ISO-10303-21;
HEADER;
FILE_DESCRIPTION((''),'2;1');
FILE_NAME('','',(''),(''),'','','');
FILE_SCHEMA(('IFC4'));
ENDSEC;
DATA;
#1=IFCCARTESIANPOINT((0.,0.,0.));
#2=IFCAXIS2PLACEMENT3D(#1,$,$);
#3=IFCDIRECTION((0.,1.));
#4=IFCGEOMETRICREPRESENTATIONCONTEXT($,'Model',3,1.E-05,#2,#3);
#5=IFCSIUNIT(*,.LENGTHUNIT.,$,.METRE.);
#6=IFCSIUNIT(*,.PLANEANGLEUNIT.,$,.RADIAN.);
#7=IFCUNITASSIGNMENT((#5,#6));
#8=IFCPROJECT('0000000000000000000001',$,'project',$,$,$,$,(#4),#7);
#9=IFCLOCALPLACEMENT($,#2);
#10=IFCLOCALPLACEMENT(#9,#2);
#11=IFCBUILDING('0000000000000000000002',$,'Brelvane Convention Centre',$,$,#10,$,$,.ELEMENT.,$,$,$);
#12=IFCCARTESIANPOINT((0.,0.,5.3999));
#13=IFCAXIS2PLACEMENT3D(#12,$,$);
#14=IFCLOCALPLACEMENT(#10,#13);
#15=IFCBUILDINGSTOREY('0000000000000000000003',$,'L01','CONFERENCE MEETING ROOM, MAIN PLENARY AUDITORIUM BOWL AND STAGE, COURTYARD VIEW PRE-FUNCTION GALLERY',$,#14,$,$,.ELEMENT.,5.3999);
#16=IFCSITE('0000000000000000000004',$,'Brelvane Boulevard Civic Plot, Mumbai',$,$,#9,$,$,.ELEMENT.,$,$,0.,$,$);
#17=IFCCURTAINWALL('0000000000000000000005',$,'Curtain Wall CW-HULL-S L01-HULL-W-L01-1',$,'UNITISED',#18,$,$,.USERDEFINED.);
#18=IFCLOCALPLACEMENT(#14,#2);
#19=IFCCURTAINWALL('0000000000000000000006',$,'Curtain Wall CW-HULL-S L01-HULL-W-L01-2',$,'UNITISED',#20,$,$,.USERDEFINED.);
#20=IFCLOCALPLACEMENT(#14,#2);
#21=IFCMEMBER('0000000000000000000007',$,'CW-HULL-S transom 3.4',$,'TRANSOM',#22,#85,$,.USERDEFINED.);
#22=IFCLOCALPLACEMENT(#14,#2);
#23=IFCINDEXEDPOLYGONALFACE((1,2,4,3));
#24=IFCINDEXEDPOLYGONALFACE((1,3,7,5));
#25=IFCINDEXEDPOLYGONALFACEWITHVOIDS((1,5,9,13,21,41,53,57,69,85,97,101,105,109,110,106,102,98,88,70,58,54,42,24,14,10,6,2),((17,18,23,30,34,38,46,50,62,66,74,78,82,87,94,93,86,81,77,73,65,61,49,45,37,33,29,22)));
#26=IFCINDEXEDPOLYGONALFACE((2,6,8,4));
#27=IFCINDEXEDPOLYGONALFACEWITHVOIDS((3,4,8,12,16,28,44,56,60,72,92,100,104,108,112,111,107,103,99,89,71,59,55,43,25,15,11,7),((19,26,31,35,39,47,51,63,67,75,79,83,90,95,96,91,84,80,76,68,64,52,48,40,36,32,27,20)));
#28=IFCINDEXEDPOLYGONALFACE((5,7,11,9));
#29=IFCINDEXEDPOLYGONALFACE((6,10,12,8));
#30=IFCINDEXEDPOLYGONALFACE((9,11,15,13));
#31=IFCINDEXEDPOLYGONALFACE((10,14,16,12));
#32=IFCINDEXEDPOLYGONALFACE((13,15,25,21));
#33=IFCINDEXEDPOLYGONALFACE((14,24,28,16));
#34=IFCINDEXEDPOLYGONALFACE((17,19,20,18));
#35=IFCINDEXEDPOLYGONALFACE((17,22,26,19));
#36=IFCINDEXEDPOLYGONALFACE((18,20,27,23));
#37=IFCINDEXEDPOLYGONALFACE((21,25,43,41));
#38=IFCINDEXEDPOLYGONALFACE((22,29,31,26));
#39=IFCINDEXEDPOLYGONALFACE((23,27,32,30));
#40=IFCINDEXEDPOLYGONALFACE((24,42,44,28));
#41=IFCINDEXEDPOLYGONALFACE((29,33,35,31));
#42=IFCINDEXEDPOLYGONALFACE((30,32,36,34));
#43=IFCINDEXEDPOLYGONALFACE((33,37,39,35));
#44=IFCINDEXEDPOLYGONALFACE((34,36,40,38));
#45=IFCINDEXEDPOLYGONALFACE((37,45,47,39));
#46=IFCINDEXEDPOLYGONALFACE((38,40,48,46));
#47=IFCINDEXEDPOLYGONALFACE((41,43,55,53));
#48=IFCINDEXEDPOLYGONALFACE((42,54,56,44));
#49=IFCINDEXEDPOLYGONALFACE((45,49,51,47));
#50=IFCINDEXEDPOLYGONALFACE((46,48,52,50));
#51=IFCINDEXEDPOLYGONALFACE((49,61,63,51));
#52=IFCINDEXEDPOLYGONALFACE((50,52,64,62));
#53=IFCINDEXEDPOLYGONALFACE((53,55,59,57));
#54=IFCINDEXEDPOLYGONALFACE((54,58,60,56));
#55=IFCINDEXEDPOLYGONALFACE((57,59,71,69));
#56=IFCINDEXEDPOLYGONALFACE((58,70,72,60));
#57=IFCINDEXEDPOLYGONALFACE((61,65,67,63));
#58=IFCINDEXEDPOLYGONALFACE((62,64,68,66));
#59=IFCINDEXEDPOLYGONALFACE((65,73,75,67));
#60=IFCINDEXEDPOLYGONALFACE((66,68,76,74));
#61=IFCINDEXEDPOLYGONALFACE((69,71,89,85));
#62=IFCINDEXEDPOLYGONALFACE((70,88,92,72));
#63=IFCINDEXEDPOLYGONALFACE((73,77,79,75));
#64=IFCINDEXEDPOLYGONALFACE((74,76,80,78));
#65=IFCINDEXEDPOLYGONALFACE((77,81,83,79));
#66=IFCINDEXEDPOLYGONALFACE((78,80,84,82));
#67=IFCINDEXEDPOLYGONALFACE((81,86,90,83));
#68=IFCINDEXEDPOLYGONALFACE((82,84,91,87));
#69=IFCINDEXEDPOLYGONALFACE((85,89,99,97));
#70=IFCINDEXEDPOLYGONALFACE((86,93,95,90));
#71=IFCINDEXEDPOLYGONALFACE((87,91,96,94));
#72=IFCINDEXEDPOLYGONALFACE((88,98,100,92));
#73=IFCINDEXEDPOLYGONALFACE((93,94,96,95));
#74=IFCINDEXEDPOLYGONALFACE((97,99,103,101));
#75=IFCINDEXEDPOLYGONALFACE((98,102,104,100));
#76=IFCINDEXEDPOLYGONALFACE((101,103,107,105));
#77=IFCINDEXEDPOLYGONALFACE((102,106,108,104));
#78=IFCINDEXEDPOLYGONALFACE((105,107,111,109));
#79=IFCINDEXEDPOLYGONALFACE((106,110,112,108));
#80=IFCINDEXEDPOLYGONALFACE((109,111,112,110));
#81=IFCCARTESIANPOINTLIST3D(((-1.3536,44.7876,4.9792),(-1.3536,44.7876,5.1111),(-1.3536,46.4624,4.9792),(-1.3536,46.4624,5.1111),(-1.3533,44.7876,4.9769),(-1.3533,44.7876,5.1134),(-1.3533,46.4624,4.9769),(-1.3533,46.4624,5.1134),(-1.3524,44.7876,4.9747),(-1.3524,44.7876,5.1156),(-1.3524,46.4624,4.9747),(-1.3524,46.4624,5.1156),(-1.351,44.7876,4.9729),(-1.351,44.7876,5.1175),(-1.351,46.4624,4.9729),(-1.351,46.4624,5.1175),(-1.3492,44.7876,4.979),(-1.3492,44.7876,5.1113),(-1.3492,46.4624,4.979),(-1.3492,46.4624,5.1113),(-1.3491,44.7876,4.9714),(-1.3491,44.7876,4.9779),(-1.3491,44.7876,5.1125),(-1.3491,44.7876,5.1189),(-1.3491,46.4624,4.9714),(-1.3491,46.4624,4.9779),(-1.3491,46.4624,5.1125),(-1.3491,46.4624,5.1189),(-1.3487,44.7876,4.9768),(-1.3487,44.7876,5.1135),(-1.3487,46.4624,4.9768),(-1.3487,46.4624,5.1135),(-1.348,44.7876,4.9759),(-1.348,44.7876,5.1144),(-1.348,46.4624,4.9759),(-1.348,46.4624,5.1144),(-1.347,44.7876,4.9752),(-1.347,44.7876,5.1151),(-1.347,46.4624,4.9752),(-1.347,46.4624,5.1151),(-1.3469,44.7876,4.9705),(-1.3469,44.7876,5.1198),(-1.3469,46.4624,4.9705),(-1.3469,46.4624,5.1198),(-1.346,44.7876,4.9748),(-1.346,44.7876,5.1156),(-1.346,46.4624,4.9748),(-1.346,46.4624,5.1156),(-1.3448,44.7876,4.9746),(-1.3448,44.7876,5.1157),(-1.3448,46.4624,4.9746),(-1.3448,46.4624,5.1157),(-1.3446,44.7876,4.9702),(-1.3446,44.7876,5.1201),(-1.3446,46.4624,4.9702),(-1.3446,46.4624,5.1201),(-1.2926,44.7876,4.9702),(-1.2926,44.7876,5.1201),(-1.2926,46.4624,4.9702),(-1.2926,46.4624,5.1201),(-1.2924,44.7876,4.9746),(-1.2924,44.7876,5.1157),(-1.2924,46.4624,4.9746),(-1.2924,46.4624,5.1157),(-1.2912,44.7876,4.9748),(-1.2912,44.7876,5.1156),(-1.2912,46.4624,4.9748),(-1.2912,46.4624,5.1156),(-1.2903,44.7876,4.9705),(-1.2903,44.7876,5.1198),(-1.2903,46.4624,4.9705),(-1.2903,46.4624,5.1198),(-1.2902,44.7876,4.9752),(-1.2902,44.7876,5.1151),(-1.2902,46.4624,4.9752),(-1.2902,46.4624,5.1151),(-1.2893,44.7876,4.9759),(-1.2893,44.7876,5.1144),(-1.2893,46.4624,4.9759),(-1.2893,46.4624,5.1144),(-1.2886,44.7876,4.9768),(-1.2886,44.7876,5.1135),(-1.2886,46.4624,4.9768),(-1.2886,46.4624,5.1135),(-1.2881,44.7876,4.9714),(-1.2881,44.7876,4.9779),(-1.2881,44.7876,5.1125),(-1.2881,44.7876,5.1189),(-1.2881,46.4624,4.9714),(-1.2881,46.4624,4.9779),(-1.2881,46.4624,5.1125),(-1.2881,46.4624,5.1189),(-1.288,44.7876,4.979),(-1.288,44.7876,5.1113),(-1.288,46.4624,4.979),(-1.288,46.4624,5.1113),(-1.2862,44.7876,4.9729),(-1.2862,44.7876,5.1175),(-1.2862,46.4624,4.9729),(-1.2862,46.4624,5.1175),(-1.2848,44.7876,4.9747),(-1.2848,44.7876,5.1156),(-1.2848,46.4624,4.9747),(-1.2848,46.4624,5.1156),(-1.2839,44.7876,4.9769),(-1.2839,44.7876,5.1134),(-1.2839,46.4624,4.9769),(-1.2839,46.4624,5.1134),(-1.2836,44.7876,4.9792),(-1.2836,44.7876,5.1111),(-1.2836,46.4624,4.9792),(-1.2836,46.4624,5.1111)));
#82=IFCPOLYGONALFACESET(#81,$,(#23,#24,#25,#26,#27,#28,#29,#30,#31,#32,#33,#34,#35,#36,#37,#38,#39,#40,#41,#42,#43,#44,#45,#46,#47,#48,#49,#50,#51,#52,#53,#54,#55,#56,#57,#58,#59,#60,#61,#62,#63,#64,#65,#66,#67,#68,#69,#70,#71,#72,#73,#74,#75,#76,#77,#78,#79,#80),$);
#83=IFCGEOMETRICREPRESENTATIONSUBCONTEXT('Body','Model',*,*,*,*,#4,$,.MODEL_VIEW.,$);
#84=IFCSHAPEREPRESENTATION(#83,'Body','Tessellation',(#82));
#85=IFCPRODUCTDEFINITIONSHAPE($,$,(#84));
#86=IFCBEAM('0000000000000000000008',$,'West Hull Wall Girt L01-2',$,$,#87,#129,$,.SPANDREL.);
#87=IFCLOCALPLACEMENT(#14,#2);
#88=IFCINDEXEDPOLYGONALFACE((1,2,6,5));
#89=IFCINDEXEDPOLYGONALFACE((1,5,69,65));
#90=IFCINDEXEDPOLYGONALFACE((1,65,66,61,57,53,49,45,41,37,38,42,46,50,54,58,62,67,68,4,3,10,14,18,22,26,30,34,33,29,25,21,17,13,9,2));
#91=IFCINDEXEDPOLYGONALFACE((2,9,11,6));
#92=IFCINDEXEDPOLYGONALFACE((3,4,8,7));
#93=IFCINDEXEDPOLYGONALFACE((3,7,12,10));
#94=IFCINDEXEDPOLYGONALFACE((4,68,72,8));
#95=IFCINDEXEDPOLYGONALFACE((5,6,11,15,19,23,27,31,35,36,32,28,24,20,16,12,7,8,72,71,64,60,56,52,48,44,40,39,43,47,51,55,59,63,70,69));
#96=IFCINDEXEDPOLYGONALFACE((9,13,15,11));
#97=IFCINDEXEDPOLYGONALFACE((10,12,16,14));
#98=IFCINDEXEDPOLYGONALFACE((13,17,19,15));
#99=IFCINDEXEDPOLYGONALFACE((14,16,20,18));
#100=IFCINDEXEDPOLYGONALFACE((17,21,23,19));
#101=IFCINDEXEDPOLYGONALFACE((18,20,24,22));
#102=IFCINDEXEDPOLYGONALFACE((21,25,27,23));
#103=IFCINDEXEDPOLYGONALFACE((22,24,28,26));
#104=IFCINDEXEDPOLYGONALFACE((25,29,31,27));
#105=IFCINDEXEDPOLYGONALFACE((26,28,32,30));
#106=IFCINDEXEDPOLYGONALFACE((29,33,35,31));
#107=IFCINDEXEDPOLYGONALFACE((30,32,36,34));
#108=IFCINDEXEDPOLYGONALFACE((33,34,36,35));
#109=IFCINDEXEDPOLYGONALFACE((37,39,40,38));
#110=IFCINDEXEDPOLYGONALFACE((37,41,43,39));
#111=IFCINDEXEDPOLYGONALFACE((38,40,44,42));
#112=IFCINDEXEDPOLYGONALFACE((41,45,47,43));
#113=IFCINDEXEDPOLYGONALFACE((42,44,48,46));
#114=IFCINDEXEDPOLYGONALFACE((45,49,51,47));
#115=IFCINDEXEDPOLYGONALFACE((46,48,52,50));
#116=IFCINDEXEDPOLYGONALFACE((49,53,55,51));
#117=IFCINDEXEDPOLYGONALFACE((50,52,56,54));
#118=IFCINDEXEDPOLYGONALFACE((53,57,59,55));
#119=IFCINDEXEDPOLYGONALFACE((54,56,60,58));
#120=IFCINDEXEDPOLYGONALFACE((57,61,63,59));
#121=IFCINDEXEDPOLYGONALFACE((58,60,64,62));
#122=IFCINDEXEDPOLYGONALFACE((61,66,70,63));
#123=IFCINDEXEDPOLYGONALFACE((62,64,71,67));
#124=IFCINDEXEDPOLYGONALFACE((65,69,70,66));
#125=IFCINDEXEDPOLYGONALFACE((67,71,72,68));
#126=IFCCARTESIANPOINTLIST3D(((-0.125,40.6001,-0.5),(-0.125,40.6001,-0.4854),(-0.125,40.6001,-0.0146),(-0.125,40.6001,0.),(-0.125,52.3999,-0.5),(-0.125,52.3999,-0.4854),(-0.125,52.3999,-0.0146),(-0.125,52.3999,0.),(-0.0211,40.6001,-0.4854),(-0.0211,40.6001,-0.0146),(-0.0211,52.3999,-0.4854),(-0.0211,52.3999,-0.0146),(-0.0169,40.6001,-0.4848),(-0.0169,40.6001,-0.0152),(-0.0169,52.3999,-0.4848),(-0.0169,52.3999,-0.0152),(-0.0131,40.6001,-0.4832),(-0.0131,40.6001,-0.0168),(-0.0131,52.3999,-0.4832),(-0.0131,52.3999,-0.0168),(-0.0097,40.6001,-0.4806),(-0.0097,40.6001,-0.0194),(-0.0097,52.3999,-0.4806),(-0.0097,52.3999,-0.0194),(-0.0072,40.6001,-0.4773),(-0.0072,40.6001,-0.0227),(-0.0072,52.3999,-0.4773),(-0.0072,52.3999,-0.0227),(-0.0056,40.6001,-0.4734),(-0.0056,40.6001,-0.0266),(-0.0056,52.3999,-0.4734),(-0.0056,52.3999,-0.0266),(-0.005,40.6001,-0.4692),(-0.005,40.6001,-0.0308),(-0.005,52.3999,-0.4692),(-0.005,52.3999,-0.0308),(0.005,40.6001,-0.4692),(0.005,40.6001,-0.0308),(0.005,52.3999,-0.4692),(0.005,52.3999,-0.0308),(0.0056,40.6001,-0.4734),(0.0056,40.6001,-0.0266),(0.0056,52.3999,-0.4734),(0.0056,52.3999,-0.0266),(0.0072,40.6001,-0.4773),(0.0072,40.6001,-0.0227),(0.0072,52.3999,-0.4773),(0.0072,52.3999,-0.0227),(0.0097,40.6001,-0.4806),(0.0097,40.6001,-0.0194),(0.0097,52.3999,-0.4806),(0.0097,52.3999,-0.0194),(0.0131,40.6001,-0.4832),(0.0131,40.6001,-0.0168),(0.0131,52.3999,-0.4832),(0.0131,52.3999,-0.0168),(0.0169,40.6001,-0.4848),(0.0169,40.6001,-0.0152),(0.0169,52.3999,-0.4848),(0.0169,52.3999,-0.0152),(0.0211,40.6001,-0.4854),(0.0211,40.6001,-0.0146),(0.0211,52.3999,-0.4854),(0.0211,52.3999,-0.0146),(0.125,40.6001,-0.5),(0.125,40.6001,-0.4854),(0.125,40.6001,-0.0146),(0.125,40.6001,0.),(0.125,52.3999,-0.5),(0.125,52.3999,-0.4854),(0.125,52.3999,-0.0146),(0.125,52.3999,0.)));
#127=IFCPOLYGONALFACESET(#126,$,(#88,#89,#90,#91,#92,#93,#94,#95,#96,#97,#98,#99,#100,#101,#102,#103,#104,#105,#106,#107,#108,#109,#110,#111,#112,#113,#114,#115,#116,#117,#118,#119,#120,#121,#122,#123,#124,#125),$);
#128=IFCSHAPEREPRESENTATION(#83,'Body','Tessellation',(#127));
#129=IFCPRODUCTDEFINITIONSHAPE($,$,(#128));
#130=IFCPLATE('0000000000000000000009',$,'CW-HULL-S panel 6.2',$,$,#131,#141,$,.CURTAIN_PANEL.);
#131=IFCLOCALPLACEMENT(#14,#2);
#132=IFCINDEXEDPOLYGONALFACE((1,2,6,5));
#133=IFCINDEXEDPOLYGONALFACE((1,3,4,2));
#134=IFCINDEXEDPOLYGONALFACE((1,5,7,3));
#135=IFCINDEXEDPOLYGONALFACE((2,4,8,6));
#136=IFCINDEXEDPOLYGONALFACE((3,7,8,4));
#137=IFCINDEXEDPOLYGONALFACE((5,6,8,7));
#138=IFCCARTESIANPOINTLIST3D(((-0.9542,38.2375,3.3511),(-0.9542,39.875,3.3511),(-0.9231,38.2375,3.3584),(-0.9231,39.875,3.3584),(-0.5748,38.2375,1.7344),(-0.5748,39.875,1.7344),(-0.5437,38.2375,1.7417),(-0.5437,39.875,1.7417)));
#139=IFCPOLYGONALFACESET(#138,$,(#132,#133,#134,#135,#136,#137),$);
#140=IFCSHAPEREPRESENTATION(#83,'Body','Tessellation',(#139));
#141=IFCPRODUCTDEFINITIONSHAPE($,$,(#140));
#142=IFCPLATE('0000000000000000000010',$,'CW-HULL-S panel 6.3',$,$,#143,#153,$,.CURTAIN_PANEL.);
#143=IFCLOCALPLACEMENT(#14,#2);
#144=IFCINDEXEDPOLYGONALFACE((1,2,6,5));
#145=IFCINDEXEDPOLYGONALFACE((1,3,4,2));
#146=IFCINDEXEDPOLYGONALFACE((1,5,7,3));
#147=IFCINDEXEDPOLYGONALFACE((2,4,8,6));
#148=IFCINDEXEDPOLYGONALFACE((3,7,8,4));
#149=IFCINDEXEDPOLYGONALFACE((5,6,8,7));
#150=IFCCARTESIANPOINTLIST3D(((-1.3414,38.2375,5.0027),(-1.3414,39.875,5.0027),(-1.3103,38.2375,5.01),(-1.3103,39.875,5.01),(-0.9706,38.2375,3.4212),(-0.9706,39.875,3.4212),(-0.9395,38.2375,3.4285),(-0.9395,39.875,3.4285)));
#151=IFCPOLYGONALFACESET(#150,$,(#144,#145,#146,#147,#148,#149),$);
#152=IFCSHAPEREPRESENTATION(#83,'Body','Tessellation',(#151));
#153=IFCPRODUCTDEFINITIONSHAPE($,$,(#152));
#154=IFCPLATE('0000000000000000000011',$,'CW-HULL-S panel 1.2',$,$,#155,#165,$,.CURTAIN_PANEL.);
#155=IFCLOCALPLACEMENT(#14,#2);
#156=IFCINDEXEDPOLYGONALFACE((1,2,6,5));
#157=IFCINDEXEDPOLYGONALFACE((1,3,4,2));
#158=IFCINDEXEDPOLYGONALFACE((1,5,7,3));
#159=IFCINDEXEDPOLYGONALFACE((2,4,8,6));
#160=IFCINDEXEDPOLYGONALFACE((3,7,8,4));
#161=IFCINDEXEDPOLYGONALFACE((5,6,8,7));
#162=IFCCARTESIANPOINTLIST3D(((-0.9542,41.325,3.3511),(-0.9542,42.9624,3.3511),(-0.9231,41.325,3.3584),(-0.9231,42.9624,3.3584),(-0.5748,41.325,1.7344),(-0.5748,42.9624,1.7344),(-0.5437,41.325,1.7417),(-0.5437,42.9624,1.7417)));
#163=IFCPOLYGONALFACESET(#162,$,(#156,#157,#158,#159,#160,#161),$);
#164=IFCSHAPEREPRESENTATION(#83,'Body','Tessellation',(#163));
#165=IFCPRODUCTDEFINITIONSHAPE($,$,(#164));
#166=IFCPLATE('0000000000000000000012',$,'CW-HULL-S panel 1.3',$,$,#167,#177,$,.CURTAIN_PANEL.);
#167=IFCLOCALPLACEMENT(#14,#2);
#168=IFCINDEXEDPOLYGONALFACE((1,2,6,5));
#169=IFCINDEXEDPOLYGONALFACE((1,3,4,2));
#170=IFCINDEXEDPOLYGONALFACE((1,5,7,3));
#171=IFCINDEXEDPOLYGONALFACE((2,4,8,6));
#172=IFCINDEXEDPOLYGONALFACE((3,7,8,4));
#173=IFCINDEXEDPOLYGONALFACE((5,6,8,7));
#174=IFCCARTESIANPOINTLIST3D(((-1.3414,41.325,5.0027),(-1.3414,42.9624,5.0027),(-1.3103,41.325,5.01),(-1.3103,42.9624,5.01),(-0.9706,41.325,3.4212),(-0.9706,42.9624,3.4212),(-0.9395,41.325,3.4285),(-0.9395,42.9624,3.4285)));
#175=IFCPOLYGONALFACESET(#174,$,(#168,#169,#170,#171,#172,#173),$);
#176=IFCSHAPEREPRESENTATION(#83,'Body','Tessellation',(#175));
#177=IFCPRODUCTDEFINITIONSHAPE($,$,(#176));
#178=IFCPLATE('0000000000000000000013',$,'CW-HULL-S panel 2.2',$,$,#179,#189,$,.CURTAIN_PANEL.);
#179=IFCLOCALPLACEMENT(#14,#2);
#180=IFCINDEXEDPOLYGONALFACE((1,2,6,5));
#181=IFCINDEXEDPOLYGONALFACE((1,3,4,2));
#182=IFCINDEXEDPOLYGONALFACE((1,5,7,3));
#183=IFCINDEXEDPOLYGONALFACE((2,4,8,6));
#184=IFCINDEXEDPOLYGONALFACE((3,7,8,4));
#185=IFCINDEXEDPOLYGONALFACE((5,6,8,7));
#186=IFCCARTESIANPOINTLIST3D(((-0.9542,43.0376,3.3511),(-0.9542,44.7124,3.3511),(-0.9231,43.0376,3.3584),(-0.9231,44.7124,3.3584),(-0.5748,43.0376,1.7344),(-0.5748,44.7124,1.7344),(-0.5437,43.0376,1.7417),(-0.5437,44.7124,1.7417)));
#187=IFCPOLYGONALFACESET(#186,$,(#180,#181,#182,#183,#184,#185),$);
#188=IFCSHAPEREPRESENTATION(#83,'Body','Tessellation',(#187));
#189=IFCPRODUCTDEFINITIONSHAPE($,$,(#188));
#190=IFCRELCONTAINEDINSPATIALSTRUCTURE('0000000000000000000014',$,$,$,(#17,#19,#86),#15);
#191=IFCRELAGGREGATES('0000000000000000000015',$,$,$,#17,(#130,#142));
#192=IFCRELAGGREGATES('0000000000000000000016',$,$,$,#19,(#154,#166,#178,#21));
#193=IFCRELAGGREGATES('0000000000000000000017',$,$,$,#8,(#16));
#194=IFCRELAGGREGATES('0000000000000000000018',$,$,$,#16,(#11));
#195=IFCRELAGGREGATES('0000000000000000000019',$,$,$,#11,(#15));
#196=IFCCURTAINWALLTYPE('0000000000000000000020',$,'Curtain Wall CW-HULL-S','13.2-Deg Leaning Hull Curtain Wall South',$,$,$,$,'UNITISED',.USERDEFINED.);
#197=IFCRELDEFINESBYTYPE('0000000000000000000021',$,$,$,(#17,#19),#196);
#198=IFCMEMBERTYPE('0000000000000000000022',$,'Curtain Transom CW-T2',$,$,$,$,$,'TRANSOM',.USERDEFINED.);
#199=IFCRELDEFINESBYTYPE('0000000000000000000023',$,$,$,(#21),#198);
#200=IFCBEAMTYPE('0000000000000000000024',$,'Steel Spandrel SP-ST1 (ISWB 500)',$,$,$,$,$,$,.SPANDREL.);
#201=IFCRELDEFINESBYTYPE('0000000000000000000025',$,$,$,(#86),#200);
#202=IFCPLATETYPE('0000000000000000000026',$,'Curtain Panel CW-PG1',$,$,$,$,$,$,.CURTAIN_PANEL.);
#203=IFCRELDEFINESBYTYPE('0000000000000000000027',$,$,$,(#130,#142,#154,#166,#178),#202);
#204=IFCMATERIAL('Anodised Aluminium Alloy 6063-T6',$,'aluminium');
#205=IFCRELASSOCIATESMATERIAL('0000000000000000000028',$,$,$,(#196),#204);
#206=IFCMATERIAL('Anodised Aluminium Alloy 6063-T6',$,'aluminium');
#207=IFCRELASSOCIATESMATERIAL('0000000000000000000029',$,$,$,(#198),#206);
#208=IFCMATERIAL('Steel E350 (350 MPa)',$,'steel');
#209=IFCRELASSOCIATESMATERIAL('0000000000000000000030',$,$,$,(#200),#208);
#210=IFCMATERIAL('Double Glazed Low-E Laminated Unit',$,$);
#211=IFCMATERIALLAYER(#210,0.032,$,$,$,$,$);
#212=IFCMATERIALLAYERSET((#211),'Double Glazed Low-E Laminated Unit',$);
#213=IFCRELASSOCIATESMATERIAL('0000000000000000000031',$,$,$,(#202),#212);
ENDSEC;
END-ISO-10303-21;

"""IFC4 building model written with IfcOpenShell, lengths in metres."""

from ifc_helpers import new_model, si_unit, direction, frame, origin, origin_2d, place, context, subcontext, project, spatial, polyline, hollow_rectangle, i_section, outline, extrude, material, layer, layer_set, material_profile, profile_set, type_object, element, aggregate, save


model = new_model("IFC4")

# Units and contexts
model_context = context("Model", 3, precision=1e-05, world=origin(), true_north=direction((0.0, 1.0)))
body_context = subcontext(model_context, "Body", "Model", "MODEL_VIEW")
ifc_project = project(units=[si_unit("LENGTHUNIT", "METRE"), si_unit("PLANEANGLEUNIT", "RADIAN")], contexts=[model_context])

# Site, building, storey
site_placement = place(None, origin())
site = spatial("IfcSite", under=ifc_project, at=site_placement, Name="Brelvane Boulevard Civic Plot, Mumbai", CompositionType="ELEMENT", RefElevation=0.0)
building_placement = place(site_placement, origin())
building = spatial("IfcBuilding", under=site, at=building_placement, Name="Brelvane Convention Centre", CompositionType="ELEMENT")
storey_placement = place(building_placement, frame((0.0, 0.0, 5.3999)))
storey = spatial("IfcBuildingStorey", under=building, at=storey_placement, Name="L01", Description="CONFERENCE MEETING ROOM, MAIN PLENARY AUDITORIUM BOWL AND STAGE, COURTYARD VIEW PRE-FUNCTION GALLERY", CompositionType="ELEMENT", Elevation=5.3999)

# Curtain walls
ifc_material_1 = material(Name="Anodised Aluminium Alloy 6063-T6", Category="aluminium")
curtain_wall_type = type_object("IfcCurtainWallType", Name="Curtain Wall CW-HULL-S", Description="13.2-Deg Leaning Hull Curtain Wall South", ElementType="UNITISED", PredefinedType="USERDEFINED", material=ifc_material_1)
curtain_wall_1_placement = place(storey_placement, origin())
curtain_wall_1 = element("IfcCurtainWall", 1, at=curtain_wall_1_placement, inside=storey, type_object=curtain_wall_type, Name="Curtain Wall CW-HULL-S L01-HULL-W-L01-1", ObjectType="UNITISED", PredefinedType="USERDEFINED")
curtain_wall_2_placement = place(storey_placement, origin())
curtain_wall_2 = element("IfcCurtainWall", 2, at=curtain_wall_2_placement, inside=storey, type_object=curtain_wall_type, Name="Curtain Wall CW-HULL-S L01-HULL-W-L01-2", ObjectType="UNITISED", PredefinedType="USERDEFINED")

# Member
ifc_material_2 = material(Name="Anodised Aluminium Alloy 6063-T6", Category="aluminium")
ifc_material_profile_1 = material_profile(ifc_material_2, hollow_rectangle(XDim=0.0701, YDim=0.1499, WallThickness=0.0044, InnerFilletRadius=0.0044, OuterFilletRadius=0.009, at=origin_2d()), Name="ALU-T 150x70x4.5")
ifc_profile_set_1 = profile_set([ifc_material_profile_1], Name="Anodised Aluminium Alloy 6063-T6")
member_type_1 = type_object("IfcMemberType", Name="Curtain Transom CW-T2", ElementType="TRANSOM", PredefinedType="USERDEFINED", material=ifc_profile_set_1)
member_1_placement = place(storey_placement, frame((-1.3186, 44.7876, 5.0452), z_axis=(0.0, 1.0, 0.0), x_axis=(-1.0, 0.0, 0.0)))
member_1 = element("IfcMember", 3, at=member_1_placement, type_object=member_type_1, Name="CW-HULL-S transom 3.4", ObjectType="TRANSOM", PredefinedType="USERDEFINED", context=body_context, shape_type="SweptSolid", body=[
    extrude(hollow_rectangle(XDim=0.0701, YDim=0.1499, WallThickness=0.0044, InnerFilletRadius=0.0044, OuterFilletRadius=0.009, at=origin_2d()), origin(), (0.0, 0.0, 1.0), 1.6748),
])

# Beam
ifc_material_3 = material(Name="Steel E350 (350 MPa)", Category="steel")
ifc_material_profile_2 = material_profile(ifc_material_3, i_section(OverallWidth=0.25, OverallDepth=0.5, WebThickness=0.01, FlangeThickness=0.0146, FilletRadius=0.0161, at=origin_2d()), Name="ISWB 500")
ifc_profile_set_2 = profile_set([ifc_material_profile_2], Name="Steel E350 (350 MPa)")
beam_type = type_object("IfcBeamType", Name="Steel Spandrel SP-ST1 (ISWB 500)", PredefinedType="SPANDREL", material=ifc_profile_set_2)
beam_placement = place(storey_placement, frame((0.0, 40.6001, -0.25), z_axis=(0.0, 1.0, 0.0), x_axis=(-1.0, 0.0, 0.0)))
element("IfcBeam", 4, at=beam_placement, inside=storey, type_object=beam_type, Name="West Hull Wall Girt L01-2", PredefinedType="SPANDREL", context=body_context, shape_type="SweptSolid", body=[
    extrude(i_section(OverallWidth=0.25, OverallDepth=0.5, WebThickness=0.01, FlangeThickness=0.0146, FilletRadius=0.0161, at=origin_2d()), origin(), (0.0, 0.0, 1.0), 11.7998),
])

# Plates
ifc_material_4 = material(Name="Double Glazed Low-E Laminated Unit")
ifc_layer_1 = layer(ifc_material_4, 0.032)
ifc_layer_set_1 = layer_set([ifc_layer_1], Name="Double Glazed Low-E Laminated Unit")
plate_type_1 = type_object("IfcPlateType", Name="Curtain Panel CW-PG1", PredefinedType="CURTAIN_PANEL", material=ifc_layer_set_1)
plate_1_placement = place(storey_placement, frame((-0.5437, 38.2375, 1.7417), z_axis=(0.973552, 0.0, 0.228466), x_axis=(0.0, 1.0, 0.0)))
plate_1 = element("IfcPlate", 5, at=plate_1_placement, type_object=plate_type_1, Name="CW-HULL-S panel 6.2", PredefinedType="CURTAIN_PANEL", context=body_context, shape_type="SweptSolid", body=[
    extrude(outline(polyline([(0.0, 0.0), (1.6375, 0.0), (1.6375, 1.6606), (0.0, 1.6606), (0.0, 0.0)])), origin(), (0.0, 0.0, -1.0), 0.032),
])
plate_2_placement = place(storey_placement, frame((-0.9395, 38.2375, 3.4285), z_axis=(0.973592, 0.0, 0.228294), x_axis=(0.0, 1.0, 0.0)))
plate_2 = element("IfcPlate", 6, at=plate_2_placement, type_object=plate_type_1, Name="CW-HULL-S panel 6.3", PredefinedType="CURTAIN_PANEL", context=body_context, shape_type="SweptSolid", body=[
    extrude(outline(polyline([(0.0, 0.0), (1.6375, 0.0), (1.6375, 1.6244), (0.0, 1.6244), (0.0, 0.0)])), origin(), (0.0, 0.0, -1.0), 0.032),
])
plate_3_placement = place(storey_placement, frame((-0.5437, 41.325, 1.7417), z_axis=(0.973552, 0.0, 0.228466), x_axis=(0.0, 1.0, 0.0)))
plate_3 = element("IfcPlate", 7, at=plate_3_placement, type_object=plate_type_1, Name="CW-HULL-S panel 1.2", PredefinedType="CURTAIN_PANEL", context=body_context, shape_type="SweptSolid", body=[
    extrude(outline(polyline([(0.0, 0.0), (1.6375, 0.0), (1.6375, 1.6606), (0.0, 1.6606), (0.0, 0.0)])), origin(), (0.0, 0.0, -1.0), 0.032),
])
plate_4_placement = place(storey_placement, frame((-0.9395, 41.325, 3.4285), z_axis=(0.973592, 0.0, 0.228294), x_axis=(0.0, 1.0, 0.0)))
plate_4 = element("IfcPlate", 8, at=plate_4_placement, type_object=plate_type_1, Name="CW-HULL-S panel 1.3", PredefinedType="CURTAIN_PANEL", context=body_context, shape_type="SweptSolid", body=[
    extrude(outline(polyline([(0.0, 0.0), (1.6375, 0.0), (1.6375, 1.6244), (0.0, 1.6244), (0.0, 0.0)])), origin(), (0.0, 0.0, -1.0), 0.032),
])
plate_5_placement = place(storey_placement, frame((-0.5437, 43.0376, 1.7417), z_axis=(0.973552, 0.0, 0.228466), x_axis=(0.0, 1.0, 0.0)))
plate_5 = element("IfcPlate", 9, at=plate_5_placement, type_object=plate_type_1, Name="CW-HULL-S panel 2.2", PredefinedType="CURTAIN_PANEL", context=body_context, shape_type="SweptSolid", body=[
    extrude(outline(polyline([(0.0, 0.0), (1.6748, 0.0), (1.6748, 1.6606), (0.0, 1.6606), (0.0, 0.0)])), origin(), (0.0, 0.0, -1.0), 0.032),
])
aggregate(curtain_wall_1, [plate_1, plate_2])
aggregate(curtain_wall_2, [plate_3, plate_4, plate_5, member_1])

save(model, "model.ifc")
